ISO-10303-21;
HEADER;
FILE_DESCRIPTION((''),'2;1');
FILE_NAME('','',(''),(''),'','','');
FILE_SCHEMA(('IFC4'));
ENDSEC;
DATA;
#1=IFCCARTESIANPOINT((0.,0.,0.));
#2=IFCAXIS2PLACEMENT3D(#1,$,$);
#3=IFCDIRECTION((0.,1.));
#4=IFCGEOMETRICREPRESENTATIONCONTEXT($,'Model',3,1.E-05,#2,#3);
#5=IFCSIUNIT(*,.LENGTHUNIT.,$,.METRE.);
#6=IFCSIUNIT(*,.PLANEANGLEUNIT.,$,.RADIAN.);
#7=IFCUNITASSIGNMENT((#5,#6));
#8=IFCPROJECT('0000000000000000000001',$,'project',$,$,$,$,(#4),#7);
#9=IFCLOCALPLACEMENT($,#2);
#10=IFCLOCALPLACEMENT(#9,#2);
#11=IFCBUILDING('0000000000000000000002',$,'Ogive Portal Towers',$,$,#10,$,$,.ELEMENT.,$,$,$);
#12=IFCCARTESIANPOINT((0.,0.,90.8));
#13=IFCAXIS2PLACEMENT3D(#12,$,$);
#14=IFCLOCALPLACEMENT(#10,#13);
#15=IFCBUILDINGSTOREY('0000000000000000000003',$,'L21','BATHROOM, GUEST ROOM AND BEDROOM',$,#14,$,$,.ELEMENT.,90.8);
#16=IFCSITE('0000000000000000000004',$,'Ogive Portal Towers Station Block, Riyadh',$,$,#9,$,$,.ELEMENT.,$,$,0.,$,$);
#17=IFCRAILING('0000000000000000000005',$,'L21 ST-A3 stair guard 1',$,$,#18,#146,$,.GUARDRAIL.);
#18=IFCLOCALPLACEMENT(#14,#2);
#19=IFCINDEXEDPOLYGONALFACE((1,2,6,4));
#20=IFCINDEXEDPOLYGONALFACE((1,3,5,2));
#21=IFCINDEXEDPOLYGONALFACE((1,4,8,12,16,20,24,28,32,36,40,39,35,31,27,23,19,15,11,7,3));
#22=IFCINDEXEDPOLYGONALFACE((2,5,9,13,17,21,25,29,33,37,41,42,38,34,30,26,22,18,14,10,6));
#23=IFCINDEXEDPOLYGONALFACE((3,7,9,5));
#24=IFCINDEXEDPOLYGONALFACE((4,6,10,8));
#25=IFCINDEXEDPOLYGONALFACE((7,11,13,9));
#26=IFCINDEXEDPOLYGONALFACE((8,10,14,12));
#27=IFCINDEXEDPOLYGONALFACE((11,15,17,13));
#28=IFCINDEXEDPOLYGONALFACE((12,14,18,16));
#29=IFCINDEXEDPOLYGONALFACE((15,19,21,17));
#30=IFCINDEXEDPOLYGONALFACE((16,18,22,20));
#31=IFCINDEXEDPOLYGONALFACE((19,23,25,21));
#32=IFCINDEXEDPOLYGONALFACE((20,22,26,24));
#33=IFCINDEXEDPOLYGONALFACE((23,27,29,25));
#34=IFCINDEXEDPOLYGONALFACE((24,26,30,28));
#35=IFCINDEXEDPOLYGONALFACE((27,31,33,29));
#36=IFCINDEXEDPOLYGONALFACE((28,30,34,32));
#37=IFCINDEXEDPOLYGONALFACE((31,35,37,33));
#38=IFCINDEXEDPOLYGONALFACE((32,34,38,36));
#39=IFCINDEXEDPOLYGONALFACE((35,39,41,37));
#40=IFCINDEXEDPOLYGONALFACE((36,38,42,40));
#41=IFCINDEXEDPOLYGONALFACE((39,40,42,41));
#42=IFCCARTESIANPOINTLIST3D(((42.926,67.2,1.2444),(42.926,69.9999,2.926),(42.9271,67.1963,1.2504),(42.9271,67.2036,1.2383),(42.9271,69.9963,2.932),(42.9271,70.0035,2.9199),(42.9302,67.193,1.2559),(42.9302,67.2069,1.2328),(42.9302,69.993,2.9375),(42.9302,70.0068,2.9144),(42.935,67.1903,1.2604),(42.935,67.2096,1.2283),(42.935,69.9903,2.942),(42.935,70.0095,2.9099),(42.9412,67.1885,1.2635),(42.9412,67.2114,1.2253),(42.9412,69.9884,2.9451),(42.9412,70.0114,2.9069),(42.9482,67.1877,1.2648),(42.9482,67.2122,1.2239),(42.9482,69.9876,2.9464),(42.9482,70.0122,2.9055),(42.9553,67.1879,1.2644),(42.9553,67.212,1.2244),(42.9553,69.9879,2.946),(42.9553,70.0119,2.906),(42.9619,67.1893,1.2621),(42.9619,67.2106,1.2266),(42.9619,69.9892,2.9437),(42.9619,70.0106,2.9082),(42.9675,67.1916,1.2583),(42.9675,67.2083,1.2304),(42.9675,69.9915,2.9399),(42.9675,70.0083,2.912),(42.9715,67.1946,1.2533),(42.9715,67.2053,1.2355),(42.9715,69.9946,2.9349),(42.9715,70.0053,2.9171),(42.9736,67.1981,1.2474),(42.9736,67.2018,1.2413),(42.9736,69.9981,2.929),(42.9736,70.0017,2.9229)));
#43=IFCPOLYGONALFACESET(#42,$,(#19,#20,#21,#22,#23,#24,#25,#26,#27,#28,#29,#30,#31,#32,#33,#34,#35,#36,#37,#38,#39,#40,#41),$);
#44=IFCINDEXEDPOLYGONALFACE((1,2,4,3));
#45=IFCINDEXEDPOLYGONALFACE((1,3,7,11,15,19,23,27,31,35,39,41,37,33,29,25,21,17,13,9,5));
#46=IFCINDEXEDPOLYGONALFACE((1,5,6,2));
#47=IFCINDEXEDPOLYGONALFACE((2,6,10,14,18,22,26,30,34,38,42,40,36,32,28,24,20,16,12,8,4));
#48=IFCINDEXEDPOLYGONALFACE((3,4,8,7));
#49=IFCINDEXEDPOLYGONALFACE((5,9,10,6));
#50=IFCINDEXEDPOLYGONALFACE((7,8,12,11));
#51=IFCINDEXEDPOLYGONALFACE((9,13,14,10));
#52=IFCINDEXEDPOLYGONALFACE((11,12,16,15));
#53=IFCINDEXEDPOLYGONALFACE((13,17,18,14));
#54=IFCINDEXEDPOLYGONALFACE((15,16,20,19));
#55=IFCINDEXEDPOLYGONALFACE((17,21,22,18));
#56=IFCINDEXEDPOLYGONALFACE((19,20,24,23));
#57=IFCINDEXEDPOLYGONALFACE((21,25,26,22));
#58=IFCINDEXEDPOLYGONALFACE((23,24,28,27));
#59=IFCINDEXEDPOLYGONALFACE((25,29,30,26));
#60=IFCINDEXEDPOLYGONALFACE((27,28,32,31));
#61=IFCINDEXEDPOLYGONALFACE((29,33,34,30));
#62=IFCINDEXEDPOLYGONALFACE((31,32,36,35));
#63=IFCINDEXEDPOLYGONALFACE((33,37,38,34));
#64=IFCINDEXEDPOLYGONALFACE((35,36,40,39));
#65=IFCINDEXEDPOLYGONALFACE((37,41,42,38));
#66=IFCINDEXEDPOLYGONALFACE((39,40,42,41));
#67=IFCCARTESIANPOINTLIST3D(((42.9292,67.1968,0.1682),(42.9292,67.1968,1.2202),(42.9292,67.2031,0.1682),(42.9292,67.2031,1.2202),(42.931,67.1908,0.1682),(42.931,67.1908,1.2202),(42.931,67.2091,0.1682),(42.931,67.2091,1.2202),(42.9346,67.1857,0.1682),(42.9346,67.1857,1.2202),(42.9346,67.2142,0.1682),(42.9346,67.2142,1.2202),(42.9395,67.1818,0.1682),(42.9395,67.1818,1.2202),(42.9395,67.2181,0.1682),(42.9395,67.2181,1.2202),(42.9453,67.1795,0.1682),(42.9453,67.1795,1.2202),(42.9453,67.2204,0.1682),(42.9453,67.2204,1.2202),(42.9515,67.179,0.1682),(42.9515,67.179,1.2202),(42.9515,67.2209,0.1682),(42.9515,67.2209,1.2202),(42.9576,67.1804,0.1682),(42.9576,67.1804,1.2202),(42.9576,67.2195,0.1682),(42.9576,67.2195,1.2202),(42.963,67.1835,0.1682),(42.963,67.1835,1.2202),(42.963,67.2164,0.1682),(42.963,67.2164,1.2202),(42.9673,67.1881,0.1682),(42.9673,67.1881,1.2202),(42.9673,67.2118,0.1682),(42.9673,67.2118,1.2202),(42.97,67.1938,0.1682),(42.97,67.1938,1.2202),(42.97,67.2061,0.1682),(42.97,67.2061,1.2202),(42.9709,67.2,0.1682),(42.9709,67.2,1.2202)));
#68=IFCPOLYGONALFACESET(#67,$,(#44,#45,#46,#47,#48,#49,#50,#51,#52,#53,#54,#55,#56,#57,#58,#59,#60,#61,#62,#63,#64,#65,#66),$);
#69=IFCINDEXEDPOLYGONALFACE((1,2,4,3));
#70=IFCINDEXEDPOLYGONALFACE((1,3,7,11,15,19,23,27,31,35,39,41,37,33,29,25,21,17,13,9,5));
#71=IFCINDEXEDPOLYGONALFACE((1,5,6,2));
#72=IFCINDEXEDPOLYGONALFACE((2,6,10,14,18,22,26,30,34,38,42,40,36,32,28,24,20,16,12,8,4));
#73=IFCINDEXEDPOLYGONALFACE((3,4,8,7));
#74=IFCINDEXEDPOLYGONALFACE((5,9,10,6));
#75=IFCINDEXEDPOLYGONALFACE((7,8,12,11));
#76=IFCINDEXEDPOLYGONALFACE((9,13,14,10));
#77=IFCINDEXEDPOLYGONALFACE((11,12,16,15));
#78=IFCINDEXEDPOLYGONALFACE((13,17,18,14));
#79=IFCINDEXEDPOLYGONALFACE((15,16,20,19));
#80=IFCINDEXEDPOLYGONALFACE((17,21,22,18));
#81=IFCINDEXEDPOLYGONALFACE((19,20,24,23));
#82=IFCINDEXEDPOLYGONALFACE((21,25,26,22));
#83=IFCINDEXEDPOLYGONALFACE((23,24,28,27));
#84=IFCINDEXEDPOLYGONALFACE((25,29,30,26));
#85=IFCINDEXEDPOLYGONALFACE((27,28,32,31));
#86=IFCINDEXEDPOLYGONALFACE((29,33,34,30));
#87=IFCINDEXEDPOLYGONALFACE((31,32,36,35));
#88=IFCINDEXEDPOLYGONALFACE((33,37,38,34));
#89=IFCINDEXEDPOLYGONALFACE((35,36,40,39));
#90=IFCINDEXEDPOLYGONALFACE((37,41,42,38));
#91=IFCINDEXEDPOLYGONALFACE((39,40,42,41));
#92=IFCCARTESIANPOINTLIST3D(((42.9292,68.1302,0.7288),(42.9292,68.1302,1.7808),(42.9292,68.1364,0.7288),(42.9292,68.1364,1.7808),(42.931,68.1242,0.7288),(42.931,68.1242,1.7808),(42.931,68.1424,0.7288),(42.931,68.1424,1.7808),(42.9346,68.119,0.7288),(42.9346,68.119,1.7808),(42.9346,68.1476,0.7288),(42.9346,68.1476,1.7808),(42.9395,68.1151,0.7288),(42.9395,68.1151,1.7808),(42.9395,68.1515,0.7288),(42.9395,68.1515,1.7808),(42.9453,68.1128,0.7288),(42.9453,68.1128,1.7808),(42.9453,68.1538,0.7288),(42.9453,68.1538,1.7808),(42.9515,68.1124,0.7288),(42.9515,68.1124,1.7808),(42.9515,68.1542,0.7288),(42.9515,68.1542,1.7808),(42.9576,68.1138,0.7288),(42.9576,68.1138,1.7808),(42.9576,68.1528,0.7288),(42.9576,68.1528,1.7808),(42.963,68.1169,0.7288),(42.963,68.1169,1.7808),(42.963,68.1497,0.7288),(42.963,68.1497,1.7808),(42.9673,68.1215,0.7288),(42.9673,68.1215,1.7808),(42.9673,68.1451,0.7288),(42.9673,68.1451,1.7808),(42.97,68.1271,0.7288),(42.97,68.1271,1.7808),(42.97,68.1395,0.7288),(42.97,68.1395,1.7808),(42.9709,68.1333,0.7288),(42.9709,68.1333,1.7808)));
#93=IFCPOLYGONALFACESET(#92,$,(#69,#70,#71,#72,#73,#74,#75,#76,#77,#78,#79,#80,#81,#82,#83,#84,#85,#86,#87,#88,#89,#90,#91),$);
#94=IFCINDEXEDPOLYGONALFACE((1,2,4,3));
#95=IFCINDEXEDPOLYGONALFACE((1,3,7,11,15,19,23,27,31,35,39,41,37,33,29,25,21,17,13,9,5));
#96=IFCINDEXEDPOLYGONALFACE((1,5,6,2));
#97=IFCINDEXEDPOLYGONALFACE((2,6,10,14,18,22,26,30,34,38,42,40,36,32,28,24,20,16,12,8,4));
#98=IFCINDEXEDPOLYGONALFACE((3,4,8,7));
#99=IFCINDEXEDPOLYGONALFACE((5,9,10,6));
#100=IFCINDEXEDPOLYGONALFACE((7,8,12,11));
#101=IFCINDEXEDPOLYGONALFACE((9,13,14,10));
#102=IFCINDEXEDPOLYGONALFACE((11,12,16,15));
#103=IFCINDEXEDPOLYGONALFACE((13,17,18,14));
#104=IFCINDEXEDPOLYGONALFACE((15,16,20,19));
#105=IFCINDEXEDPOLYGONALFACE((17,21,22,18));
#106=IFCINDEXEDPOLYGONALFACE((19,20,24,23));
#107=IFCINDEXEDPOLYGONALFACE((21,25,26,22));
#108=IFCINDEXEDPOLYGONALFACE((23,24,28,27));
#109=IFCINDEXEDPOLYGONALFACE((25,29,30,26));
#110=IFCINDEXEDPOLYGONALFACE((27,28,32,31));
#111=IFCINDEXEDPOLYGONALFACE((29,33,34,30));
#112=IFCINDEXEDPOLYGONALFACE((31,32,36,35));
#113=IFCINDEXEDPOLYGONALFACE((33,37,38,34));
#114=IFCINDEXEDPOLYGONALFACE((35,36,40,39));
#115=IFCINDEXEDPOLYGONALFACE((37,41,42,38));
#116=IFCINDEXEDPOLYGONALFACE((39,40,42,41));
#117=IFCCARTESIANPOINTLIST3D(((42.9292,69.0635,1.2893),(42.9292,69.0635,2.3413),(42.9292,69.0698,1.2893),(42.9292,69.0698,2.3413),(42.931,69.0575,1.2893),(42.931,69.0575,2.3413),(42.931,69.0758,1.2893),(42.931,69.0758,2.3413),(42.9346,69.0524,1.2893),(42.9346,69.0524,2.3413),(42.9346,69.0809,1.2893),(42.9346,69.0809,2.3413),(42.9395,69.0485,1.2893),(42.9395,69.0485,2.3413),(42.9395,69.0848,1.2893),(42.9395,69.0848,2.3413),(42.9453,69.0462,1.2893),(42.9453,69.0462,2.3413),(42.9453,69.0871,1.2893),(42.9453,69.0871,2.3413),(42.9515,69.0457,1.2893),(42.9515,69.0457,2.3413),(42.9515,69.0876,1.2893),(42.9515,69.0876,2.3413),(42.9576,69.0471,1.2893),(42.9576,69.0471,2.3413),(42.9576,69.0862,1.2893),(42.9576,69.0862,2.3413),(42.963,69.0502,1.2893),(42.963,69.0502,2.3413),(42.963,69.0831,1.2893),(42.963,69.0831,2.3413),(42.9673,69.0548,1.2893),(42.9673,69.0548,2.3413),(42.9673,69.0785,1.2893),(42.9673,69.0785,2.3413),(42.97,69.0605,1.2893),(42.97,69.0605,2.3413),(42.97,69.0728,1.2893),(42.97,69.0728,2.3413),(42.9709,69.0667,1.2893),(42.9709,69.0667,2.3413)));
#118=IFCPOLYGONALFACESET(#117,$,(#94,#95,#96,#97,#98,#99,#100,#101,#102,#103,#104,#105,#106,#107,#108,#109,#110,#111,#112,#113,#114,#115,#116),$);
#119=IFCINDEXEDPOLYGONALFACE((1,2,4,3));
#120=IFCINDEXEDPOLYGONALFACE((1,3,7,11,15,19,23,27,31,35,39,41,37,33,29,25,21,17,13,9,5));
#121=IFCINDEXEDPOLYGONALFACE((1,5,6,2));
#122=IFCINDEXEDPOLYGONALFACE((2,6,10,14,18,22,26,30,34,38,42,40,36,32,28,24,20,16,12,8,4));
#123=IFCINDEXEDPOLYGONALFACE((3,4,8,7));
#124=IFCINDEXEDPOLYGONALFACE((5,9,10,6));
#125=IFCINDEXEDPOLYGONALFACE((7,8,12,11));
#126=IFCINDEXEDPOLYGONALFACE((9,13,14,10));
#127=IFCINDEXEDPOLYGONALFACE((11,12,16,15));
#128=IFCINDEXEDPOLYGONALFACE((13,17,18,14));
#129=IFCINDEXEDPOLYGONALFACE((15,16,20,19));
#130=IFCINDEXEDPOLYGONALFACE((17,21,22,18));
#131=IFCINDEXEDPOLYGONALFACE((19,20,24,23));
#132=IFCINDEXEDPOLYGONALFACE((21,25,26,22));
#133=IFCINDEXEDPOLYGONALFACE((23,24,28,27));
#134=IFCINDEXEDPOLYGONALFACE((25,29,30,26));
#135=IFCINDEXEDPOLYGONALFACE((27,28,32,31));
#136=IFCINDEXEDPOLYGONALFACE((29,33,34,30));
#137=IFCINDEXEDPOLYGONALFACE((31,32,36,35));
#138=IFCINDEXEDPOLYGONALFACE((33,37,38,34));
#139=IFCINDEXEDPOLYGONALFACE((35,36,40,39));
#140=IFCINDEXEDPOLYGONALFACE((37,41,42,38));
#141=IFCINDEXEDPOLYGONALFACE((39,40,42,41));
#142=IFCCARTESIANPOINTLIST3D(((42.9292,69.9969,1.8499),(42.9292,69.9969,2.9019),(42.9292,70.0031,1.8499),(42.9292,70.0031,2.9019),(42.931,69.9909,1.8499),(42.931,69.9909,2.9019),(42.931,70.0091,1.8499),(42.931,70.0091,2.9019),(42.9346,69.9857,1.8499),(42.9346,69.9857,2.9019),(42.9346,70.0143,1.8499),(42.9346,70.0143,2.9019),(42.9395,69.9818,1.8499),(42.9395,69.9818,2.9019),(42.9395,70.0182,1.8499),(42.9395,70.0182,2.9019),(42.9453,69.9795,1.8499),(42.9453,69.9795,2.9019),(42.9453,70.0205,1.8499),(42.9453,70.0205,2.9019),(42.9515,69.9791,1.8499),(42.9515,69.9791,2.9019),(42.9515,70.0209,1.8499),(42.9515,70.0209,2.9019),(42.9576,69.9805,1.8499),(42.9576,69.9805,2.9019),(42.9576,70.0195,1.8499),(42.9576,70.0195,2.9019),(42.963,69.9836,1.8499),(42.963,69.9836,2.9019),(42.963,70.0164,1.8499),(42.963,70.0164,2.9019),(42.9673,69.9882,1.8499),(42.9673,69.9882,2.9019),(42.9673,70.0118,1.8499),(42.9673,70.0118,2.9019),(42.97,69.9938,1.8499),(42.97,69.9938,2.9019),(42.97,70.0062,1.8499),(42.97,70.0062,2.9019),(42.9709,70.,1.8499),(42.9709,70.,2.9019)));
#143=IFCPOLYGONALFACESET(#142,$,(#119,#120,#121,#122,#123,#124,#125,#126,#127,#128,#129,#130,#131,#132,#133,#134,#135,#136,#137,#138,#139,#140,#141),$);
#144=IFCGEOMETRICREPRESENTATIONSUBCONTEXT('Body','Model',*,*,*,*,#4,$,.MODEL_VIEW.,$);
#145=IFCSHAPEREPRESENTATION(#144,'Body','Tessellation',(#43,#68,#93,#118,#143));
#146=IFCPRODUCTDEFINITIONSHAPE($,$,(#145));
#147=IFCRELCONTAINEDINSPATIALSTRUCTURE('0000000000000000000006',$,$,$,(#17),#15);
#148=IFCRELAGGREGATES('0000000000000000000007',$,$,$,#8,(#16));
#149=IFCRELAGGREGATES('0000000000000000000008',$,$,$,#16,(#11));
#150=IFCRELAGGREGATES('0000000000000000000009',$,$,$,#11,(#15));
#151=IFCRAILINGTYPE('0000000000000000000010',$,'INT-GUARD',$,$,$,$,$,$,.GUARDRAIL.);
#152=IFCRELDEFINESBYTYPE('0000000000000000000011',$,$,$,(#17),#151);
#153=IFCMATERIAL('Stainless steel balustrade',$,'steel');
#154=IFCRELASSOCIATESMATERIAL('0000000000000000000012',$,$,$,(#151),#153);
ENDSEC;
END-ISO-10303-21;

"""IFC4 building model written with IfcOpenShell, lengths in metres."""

from ifc_helpers import new_model, si_unit, direction, frame, origin, origin_2d, place, context, subcontext, project, spatial, circle, extrude, material, type_object, element, save


model = new_model("IFC4")

# Units and contexts
model_context = context("Model", 3, precision=1e-05, world=origin(), true_north=direction((0.0, 1.0)))
body_context = subcontext(model_context, "Body", "Model", "MODEL_VIEW")
ifc_project = project(units=[si_unit("LENGTHUNIT", "METRE"), si_unit("PLANEANGLEUNIT", "RADIAN")], contexts=[model_context])

# Site, building, storey
site_placement = place(None, origin())
site = spatial("IfcSite", under=ifc_project, at=site_placement, Name="Ogive Portal Towers Station Block, Riyadh", CompositionType="ELEMENT", RefElevation=0.0)
building_placement = place(site_placement, origin())
building = spatial("IfcBuilding", under=site, at=building_placement, Name="Ogive Portal Towers", CompositionType="ELEMENT")
storey_placement = place(building_placement, frame((0.0, 0.0, 90.8)))
storey = spatial("IfcBuildingStorey", under=building, at=storey_placement, Name="L21", Description="BATHROOM, GUEST ROOM AND BEDROOM", CompositionType="ELEMENT", Elevation=90.8)

# Railing
ifc_material_1 = material(Name="Stainless steel balustrade", Category="steel")
railing_type_1 = type_object("IfcRailingType", Name="INT-GUARD", PredefinedType="GUARDRAIL", material=ifc_material_1)
railing_1_placement = place(storey_placement, frame((42.95, 67.2, 0.1682)))
element("IfcRailing", 1, at=railing_1_placement, inside=storey, type_object=railing_type_1, Name="L21 ST-A3 stair guard 1", PredefinedType="GUARDRAIL", context=body_context, shape_type="SweptSolid", body=[
    extrude(circle(Radius=0.0239, at=origin_2d()), frame((0.0, 0.0, 1.0762), z_axis=(0.0, 0.857275, 0.514858), x_axis=(-1.0, 0.0, 0.0)), (0.0, 0.0, 1.0), 3.2661),
    extrude(circle(Radius=0.021, at=origin_2d()), origin(), (0.0, 0.0, 1.0), 1.052),
    extrude(circle(Radius=0.021, at=origin_2d()), frame((0.0, 0.9333, 0.5605)), (0.0, 0.0, 1.0), 1.052),
    extrude(circle(Radius=0.021, at=origin_2d()), frame((0.0, 1.8667, 1.1211)), (0.0, 0.0, 1.0), 1.052),
    extrude(circle(Radius=0.021, at=origin_2d()), frame((0.0, 2.8, 1.6816)), (0.0, 0.0, 1.0), 1.052),
])

save(model, "model.ifc")
